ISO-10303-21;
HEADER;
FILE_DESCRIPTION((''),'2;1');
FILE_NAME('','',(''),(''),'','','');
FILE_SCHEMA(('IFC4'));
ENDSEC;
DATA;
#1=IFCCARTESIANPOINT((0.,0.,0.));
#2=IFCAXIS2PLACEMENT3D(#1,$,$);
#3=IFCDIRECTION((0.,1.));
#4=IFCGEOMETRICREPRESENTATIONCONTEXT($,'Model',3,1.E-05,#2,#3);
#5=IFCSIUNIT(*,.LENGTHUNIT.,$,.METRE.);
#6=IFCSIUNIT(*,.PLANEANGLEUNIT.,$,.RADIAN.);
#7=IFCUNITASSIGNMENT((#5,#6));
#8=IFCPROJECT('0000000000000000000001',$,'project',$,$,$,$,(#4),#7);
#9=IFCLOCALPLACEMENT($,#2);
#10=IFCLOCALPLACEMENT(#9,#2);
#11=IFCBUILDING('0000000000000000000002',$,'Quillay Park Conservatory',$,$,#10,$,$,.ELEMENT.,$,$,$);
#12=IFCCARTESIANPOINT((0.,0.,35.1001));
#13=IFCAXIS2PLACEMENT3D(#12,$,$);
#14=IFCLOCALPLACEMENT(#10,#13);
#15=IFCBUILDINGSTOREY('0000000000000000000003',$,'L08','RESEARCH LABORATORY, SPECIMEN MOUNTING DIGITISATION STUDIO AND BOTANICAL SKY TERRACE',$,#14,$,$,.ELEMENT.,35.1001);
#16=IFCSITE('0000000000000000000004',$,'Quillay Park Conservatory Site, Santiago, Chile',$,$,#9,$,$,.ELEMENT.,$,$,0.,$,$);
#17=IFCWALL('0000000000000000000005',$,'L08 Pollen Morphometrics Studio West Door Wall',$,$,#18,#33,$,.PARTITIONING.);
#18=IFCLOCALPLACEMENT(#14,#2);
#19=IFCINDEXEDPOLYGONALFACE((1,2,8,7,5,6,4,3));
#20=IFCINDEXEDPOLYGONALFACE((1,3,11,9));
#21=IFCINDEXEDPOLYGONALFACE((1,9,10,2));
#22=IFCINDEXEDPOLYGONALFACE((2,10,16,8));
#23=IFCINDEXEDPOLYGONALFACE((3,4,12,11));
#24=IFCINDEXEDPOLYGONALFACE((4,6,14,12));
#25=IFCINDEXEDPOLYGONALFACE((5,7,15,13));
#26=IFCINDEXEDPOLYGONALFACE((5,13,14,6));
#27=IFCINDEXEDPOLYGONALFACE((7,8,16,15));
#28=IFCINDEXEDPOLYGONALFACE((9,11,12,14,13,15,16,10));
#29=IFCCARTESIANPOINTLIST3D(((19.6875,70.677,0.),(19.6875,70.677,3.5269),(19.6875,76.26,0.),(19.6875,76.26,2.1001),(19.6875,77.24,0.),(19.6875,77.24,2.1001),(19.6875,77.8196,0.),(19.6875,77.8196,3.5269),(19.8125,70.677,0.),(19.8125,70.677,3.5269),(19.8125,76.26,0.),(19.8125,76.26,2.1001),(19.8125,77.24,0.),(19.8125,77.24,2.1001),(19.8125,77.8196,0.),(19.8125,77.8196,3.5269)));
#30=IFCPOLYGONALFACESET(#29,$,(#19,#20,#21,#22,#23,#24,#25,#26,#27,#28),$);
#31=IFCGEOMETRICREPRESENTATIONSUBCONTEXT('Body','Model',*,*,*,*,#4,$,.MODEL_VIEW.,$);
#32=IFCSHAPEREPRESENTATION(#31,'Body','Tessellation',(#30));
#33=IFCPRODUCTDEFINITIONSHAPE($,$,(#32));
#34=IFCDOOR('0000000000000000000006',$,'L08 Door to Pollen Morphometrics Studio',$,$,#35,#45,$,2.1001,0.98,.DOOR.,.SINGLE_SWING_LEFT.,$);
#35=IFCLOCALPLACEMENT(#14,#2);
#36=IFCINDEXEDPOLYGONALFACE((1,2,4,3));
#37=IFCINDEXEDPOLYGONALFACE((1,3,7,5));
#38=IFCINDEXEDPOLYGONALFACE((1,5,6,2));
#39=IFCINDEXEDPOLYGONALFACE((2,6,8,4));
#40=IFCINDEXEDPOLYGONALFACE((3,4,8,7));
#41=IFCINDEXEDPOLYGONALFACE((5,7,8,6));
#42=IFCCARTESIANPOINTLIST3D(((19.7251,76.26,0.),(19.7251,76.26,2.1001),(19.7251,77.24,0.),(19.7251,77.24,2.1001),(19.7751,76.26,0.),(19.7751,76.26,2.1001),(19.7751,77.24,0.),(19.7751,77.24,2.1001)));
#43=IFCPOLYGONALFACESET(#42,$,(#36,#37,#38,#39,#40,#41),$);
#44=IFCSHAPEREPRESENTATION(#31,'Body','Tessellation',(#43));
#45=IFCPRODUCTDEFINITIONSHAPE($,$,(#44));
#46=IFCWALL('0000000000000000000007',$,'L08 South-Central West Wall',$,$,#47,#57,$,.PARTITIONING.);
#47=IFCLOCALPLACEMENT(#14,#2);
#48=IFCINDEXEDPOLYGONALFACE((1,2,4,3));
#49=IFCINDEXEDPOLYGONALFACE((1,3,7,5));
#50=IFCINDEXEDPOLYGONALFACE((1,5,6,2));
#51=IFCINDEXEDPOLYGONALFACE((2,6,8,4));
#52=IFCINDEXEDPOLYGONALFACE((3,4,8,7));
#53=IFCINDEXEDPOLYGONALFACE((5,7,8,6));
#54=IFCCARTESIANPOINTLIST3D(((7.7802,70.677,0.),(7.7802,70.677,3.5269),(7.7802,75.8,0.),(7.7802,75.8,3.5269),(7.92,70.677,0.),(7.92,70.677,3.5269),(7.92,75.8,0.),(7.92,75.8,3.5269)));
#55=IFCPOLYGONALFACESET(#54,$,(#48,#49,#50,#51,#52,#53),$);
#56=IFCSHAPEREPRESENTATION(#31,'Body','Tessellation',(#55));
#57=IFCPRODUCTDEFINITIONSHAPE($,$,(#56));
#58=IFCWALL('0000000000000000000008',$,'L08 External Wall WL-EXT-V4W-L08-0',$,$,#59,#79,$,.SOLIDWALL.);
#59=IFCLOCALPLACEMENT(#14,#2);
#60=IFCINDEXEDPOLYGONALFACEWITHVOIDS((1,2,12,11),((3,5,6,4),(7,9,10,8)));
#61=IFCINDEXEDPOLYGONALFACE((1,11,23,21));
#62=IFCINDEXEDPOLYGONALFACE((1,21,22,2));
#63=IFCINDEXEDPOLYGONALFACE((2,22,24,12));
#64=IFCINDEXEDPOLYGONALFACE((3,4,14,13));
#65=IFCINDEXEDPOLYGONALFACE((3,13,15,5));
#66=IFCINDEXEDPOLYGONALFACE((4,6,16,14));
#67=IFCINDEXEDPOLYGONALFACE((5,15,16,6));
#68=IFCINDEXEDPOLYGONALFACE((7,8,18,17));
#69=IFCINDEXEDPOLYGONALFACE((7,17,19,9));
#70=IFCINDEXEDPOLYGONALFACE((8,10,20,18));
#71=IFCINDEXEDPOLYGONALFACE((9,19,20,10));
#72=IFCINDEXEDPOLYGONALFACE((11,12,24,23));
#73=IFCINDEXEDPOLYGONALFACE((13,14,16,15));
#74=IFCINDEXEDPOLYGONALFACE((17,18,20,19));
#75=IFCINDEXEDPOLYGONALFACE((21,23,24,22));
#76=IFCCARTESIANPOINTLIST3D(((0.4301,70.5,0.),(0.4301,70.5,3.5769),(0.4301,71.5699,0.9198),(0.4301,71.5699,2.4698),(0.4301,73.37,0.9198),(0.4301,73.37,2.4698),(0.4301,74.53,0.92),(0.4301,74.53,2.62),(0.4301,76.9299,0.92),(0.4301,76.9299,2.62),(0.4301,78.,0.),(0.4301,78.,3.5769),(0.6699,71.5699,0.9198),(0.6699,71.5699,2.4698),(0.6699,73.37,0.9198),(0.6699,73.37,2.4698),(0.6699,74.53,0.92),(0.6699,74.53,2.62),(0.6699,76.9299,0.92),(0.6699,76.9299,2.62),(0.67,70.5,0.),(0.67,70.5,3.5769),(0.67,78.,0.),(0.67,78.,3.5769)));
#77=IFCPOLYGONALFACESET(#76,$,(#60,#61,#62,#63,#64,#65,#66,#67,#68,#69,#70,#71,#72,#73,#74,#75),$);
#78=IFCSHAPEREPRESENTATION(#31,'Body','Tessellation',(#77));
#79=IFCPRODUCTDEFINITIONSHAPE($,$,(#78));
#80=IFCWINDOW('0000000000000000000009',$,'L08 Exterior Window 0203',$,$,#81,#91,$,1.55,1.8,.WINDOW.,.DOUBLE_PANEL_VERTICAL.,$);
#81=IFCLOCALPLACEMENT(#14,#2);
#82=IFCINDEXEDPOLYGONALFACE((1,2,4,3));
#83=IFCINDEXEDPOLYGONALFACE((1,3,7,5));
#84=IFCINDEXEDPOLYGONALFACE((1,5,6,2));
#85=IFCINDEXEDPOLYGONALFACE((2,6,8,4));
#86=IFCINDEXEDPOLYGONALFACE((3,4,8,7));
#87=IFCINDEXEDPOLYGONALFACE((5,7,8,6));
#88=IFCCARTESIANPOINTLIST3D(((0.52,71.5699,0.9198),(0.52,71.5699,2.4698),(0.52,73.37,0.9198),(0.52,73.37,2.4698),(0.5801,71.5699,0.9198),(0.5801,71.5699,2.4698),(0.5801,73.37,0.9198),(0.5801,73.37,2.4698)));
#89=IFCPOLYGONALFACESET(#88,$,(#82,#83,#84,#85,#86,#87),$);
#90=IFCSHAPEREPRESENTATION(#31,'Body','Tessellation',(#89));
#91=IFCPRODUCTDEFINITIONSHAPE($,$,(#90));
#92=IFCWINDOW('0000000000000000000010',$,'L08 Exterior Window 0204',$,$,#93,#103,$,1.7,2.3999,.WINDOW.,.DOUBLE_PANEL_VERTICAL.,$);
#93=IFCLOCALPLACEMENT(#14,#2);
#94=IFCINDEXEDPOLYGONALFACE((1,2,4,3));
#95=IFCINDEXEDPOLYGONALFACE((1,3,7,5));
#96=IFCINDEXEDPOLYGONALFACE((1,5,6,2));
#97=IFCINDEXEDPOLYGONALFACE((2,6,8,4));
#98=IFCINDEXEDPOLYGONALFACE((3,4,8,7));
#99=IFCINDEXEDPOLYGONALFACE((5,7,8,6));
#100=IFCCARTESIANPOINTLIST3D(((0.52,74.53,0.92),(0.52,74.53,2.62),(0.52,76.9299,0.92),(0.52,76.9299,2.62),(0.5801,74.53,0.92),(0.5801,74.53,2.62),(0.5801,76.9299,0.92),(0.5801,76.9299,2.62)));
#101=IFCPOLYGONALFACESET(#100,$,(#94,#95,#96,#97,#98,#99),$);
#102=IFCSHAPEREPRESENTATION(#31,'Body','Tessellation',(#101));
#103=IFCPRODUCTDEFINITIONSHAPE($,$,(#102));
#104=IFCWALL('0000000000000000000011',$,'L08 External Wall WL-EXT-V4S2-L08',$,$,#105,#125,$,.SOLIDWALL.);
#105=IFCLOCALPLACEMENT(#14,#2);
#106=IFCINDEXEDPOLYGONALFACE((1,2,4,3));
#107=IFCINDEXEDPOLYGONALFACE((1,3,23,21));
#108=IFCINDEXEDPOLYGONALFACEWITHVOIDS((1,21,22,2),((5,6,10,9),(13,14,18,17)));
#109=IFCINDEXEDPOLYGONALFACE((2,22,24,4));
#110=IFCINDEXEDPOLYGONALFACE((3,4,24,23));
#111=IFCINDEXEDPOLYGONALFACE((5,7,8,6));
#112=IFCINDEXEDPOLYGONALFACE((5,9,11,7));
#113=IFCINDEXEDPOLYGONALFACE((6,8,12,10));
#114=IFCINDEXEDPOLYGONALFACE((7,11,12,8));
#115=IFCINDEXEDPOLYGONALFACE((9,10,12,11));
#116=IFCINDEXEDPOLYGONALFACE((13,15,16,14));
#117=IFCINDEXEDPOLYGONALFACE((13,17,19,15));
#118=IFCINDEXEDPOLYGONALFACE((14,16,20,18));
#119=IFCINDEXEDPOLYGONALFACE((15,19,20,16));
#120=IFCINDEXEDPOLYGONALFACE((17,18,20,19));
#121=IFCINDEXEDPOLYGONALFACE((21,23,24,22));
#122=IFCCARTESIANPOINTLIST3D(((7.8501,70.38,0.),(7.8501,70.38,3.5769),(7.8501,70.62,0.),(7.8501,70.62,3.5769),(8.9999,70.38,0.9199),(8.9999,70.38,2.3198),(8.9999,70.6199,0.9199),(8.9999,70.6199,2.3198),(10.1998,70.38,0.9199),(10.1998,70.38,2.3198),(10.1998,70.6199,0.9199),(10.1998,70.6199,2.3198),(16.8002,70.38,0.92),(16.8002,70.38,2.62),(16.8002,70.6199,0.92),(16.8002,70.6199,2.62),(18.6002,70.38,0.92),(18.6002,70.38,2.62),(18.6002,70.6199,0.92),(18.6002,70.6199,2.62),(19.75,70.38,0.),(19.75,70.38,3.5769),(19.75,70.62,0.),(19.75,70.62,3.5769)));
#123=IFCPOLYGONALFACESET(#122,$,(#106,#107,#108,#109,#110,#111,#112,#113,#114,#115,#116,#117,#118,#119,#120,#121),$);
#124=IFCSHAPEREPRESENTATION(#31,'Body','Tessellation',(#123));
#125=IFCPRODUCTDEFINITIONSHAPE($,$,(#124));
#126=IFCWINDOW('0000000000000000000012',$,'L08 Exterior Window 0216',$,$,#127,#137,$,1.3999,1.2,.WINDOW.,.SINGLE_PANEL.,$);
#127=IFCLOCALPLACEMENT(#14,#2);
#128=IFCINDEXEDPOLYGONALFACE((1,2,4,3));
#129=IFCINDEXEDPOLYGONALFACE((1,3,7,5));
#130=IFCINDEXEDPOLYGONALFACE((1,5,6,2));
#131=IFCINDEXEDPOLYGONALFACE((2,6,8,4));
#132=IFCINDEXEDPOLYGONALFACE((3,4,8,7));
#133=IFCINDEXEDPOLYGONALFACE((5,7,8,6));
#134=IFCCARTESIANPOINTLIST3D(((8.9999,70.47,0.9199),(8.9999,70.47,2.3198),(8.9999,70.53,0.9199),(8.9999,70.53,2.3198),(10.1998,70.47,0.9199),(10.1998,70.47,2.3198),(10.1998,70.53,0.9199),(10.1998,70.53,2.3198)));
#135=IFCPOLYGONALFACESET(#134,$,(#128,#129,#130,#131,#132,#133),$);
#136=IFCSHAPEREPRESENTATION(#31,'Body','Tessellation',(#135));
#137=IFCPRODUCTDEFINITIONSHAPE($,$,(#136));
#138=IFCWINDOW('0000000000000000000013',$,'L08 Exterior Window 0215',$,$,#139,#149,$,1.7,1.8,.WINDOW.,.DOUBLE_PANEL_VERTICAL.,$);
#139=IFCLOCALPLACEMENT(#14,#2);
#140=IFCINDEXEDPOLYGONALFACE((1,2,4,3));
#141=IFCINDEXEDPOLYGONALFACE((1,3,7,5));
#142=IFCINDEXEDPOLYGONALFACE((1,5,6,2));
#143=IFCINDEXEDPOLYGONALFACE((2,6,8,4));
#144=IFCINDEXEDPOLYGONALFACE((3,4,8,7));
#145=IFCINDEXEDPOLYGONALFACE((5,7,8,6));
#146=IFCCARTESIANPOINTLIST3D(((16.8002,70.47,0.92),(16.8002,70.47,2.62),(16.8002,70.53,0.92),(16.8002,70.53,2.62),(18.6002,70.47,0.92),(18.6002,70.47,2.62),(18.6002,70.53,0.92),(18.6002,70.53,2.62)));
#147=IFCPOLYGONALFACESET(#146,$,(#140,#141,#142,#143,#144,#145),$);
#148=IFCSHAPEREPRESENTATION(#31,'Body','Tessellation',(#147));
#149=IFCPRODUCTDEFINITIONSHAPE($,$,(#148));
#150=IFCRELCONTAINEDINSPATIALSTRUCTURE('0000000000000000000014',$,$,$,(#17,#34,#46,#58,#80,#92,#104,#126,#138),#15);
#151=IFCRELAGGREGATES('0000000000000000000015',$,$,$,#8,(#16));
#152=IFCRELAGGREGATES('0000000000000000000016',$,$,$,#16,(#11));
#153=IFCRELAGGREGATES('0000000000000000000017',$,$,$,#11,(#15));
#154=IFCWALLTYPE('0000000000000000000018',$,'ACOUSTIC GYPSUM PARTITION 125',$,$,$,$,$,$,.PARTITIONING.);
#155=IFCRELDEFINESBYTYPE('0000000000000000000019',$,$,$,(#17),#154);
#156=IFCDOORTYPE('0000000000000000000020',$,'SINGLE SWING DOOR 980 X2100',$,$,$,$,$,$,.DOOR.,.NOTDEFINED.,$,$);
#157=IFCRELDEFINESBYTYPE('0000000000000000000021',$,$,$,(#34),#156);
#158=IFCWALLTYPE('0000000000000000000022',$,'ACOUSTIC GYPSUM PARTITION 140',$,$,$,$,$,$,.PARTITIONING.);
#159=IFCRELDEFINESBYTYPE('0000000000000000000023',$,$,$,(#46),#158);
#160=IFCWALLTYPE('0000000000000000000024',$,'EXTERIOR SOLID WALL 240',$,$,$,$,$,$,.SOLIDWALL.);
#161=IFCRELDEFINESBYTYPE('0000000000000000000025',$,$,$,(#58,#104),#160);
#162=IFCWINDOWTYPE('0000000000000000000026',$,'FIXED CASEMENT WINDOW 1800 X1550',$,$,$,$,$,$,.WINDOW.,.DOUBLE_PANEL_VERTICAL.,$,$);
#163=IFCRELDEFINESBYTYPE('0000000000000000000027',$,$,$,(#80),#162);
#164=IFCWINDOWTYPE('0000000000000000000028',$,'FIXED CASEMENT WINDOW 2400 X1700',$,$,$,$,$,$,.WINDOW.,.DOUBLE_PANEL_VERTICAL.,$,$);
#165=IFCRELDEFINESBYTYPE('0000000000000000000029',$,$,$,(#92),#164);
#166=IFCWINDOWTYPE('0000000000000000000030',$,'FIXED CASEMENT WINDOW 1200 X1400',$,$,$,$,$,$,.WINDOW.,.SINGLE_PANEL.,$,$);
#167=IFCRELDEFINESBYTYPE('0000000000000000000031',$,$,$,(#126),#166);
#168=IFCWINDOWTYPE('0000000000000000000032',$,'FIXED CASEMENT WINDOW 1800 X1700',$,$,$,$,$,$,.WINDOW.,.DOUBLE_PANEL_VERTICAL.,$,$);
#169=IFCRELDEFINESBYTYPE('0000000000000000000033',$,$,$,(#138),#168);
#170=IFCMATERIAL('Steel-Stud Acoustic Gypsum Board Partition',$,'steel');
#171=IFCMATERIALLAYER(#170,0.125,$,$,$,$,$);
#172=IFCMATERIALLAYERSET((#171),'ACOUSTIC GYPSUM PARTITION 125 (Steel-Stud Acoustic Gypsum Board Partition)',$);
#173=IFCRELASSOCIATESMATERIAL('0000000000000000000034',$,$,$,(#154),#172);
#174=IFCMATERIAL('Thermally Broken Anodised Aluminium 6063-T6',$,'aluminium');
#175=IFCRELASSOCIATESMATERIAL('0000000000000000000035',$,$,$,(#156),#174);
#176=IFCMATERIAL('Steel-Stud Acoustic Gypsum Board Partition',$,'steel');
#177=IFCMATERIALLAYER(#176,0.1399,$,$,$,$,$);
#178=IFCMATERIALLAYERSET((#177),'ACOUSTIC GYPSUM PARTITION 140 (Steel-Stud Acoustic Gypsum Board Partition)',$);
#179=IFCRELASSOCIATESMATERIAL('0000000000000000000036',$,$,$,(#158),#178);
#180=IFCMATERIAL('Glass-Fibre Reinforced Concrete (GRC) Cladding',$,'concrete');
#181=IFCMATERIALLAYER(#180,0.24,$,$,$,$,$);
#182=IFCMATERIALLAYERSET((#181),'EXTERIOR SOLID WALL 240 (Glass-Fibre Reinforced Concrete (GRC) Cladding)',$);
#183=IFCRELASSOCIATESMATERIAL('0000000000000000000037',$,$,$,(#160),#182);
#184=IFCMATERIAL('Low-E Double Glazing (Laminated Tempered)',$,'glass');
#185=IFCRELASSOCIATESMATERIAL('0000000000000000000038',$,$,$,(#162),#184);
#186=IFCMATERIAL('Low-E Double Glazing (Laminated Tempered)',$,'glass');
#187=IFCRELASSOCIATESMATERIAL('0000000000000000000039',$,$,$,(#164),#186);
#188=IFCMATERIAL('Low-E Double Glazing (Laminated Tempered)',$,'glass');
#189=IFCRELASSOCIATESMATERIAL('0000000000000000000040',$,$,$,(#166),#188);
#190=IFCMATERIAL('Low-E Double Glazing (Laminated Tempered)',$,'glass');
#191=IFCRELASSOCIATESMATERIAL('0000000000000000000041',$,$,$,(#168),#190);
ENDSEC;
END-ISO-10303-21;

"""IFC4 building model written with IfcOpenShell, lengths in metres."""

from ifc_helpers import new_model, si_unit, direction, frame, frame_2d, origin, place, context, subcontext, project, spatial, rectangle, extrude, material, layer, layer_set, type_object, element, fill, save


model = new_model("IFC4")

# Units and contexts
model_context = context("Model", 3, precision=1e-05, world=origin(), true_north=direction((0.0, 1.0)))
body_context = subcontext(model_context, "Body", "Model", "MODEL_VIEW")
ifc_project = project(units=[si_unit("LENGTHUNIT", "METRE"), si_unit("PLANEANGLEUNIT", "RADIAN")], contexts=[model_context])

# Site, building, storey
site_placement = place(None, origin())
site = spatial("IfcSite", under=ifc_project, at=site_placement, Name="Quillay Park Conservatory Site, Santiago, Chile", CompositionType="ELEMENT", RefElevation=0.0)
building_placement = place(site_placement, origin())
building = spatial("IfcBuilding", under=site, at=building_placement, Name="Quillay Park Conservatory", CompositionType="ELEMENT")
storey_placement = place(building_placement, frame((0.0, 0.0, 35.1001)))
storey = spatial("IfcBuildingStorey", under=building, at=storey_placement, Name="L08", Description="RESEARCH LABORATORY, SPECIMEN MOUNTING DIGITISATION STUDIO AND BOTANICAL SKY TERRACE", CompositionType="ELEMENT", Elevation=35.1001)

# Wall, opening, door
ifc_material_1 = material(Name="Steel-Stud Acoustic Gypsum Board Partition", Category="steel")
ifc_layer_1 = layer(ifc_material_1, 0.125)
ifc_layer_set_1 = layer_set([ifc_layer_1], Name="ACOUSTIC GYPSUM PARTITION 125 (Steel-Stud Acoustic Gypsum Board Partition)")
wall_type_1 = type_object("IfcWallType", Name="ACOUSTIC GYPSUM PARTITION 125", PredefinedType="PARTITIONING", material=ifc_layer_set_1)
wall_1_placement = place(storey_placement, frame((19.75, 70.677, 0.0), z_axis=(0.0, 0.0, 1.0), x_axis=(0.0, 1.0, 0.0)))
wall_1 = element("IfcWall", 1, at=wall_1_placement, inside=storey, type_object=wall_type_1, Name="L08 Pollen Morphometrics Studio West Door Wall", PredefinedType="PARTITIONING", context=body_context, shape_type="SweptSolid", body=[
    extrude(rectangle(XDim=7.1426, YDim=0.125, at=frame_2d((3.5713, 0.0))), origin(), (0.0, 0.0, 1.0), 3.5269),
])
opening_1_placement = place(wall_1_placement, frame((5.583, 0.0, 0.0)))
opening_1 = element("IfcOpeningElement", 2, at=opening_1_placement, cuts=wall_1, PredefinedType="OPENING", context=body_context, shape_type="SweptSolid", body=[
    extrude(rectangle(XDim=0.98, YDim=2.1001, at=frame_2d((0.49, 1.05))), frame((0.0, 0.0625, 0.0), z_axis=(0.0, -1.0, 0.0), x_axis=(1.0, 0.0, 0.0)), (0.0, 0.0, 1.0), 0.125),
])
ifc_material_2 = material(Name="Thermally Broken Anodised Aluminium 6063-T6", Category="aluminium")
door_type_1 = type_object("IfcDoorType", Name="SINGLE SWING DOOR 980 X2100", OperationType="NOTDEFINED", PredefinedType="DOOR", material=ifc_material_2)
door_1_placement = place(opening_1_placement, origin())
door_1 = element("IfcDoor", 3, at=door_1_placement, inside=storey, type_object=door_type_1, Name="L08 Door to Pollen Morphometrics Studio", OperationType="SINGLE_SWING_LEFT", OverallHeight=2.1001, OverallWidth=0.98, PredefinedType="DOOR", context=body_context, shape_type="SweptSolid", body=[
    extrude(rectangle(XDim=0.98, YDim=2.1001, at=frame_2d((0.49, 1.05))), frame((0.0, 0.0249, 0.0), z_axis=(0.0, -1.0, 0.0), x_axis=(1.0, 0.0, 0.0)), (0.0, 0.0, 1.0), 0.05),
])
fill(opening_1, door_1)

# Wall
ifc_material_3 = material(Name="Steel-Stud Acoustic Gypsum Board Partition", Category="steel")
ifc_layer_2 = layer(ifc_material_3, 0.1399)
ifc_layer_set_2 = layer_set([ifc_layer_2], Name="ACOUSTIC GYPSUM PARTITION 140 (Steel-Stud Acoustic Gypsum Board Partition)")
wall_type_2 = type_object("IfcWallType", Name="ACOUSTIC GYPSUM PARTITION 140", PredefinedType="PARTITIONING", material=ifc_layer_set_2)
wall_2_placement = place(storey_placement, frame((7.8501, 70.677, 0.0), z_axis=(0.0, 0.0, 1.0), x_axis=(0.0, 1.0, 0.0)))
element("IfcWall", 4, at=wall_2_placement, inside=storey, type_object=wall_type_2, Name="L08 South-Central West Wall", PredefinedType="PARTITIONING", context=body_context, shape_type="SweptSolid", body=[
    extrude(rectangle(XDim=5.123, YDim=0.1399, at=frame_2d((2.5615, 0.0))), origin(), (0.0, 0.0, 1.0), 3.5269),
])

# Wall, openings, windows
ifc_material_4 = material(Name="Glass-Fibre Reinforced Concrete (GRC) Cladding", Category="concrete")
ifc_layer_3 = layer(ifc_material_4, 0.24)
ifc_layer_set_3 = layer_set([ifc_layer_3], Name="EXTERIOR SOLID WALL 240 (Glass-Fibre Reinforced Concrete (GRC) Cladding)")
wall_type_3 = type_object("IfcWallType", Name="EXTERIOR SOLID WALL 240", PredefinedType="SOLIDWALL", material=ifc_layer_set_3)
wall_3_placement = place(storey_placement, frame((0.55, 70.5, 0.0), z_axis=(0.0, 0.0, 1.0), x_axis=(0.0, 1.0, 0.0)))
wall_3 = element("IfcWall", 5, at=wall_3_placement, inside=storey, type_object=wall_type_3, Name="L08 External Wall WL-EXT-V4W-L08-0", PredefinedType="SOLIDWALL", context=body_context, shape_type="SweptSolid", body=[
    extrude(rectangle(XDim=7.5, YDim=0.24, at=frame_2d((3.75, 0.0))), origin(), (0.0, 0.0, 1.0), 3.5769),
])
opening_2_placement = place(wall_3_placement, frame((1.0701, 0.0, 0.9199)))
opening_2 = element("IfcOpeningElement", 6, at=opening_2_placement, cuts=wall_3, PredefinedType="OPENING", context=body_context, shape_type="SweptSolid", body=[
    extrude(rectangle(XDim=1.8, YDim=1.55, at=frame_2d((0.8999, 0.7749))), frame((0.0, 0.1201, 0.0), z_axis=(0.0, -1.0, 0.0), x_axis=(1.0, 0.0, 0.0)), (0.0, 0.0, 1.0), 0.24),
])
opening_3_placement = place(wall_3_placement, frame((4.03, 0.0, 0.9199)))
opening_3 = element("IfcOpeningElement", 7, at=opening_3_placement, cuts=wall_3, PredefinedType="OPENING", context=body_context, shape_type="SweptSolid", body=[
    extrude(rectangle(XDim=2.3999, YDim=1.7, at=frame_2d((1.2, 0.8501))), frame((0.0, 0.1201, 0.0), z_axis=(0.0, -1.0, 0.0), x_axis=(1.0, 0.0, 0.0)), (0.0, 0.0, 1.0), 0.24),
])
ifc_material_5 = material(Name="Low-E Double Glazing (Laminated Tempered)", Category="glass")
window_type_1 = type_object("IfcWindowType", Name="FIXED CASEMENT WINDOW 1800 X1550", PartitioningType="DOUBLE_PANEL_VERTICAL", PredefinedType="WINDOW", material=ifc_material_5)
window_1_placement = place(opening_2_placement, origin())
window_1 = element("IfcWindow", 8, at=window_1_placement, inside=storey, type_object=window_type_1, Name="L08 Exterior Window 0203", OverallHeight=1.55, OverallWidth=1.8, PartitioningType="DOUBLE_PANEL_VERTICAL", PredefinedType="WINDOW", context=body_context, shape_type="SweptSolid", body=[
    extrude(rectangle(XDim=1.8, YDim=1.55, at=frame_2d((0.8999, 0.7749))), frame((0.0, 0.03, 0.0), z_axis=(0.0, -1.0, 0.0), x_axis=(1.0, 0.0, 0.0)), (0.0, 0.0, 1.0), 0.0601),
])
fill(opening_2, window_1)
ifc_material_6 = material(Name="Low-E Double Glazing (Laminated Tempered)", Category="glass")
window_type_2 = type_object("IfcWindowType", Name="FIXED CASEMENT WINDOW 2400 X1700", PartitioningType="DOUBLE_PANEL_VERTICAL", PredefinedType="WINDOW", material=ifc_material_6)
window_2_placement = place(opening_3_placement, origin())
window_2 = element("IfcWindow", 9, at=window_2_placement, inside=storey, type_object=window_type_2, Name="L08 Exterior Window 0204", OverallHeight=1.7, OverallWidth=2.3999, PartitioningType="DOUBLE_PANEL_VERTICAL", PredefinedType="WINDOW", context=body_context, shape_type="SweptSolid", body=[
    extrude(rectangle(XDim=2.3999, YDim=1.7, at=frame_2d((1.2, 0.8501))), frame((0.0, 0.03, 0.0), z_axis=(0.0, -1.0, 0.0), x_axis=(1.0, 0.0, 0.0)), (0.0, 0.0, 1.0), 0.0601),
])
fill(opening_3, window_2)

# Wall, openings, windows
wall_4_placement = place(storey_placement, frame((19.75, 70.5, 0.0), z_axis=(0.0, 0.0, 1.0), x_axis=(-1.0, 0.0, 0.0)))
wall_4 = element("IfcWall", 10, at=wall_4_placement, inside=storey, type_object=wall_type_3, Name="L08 External Wall WL-EXT-V4S2-L08", PredefinedType="SOLIDWALL", context=body_context, shape_type="SweptSolid", body=[
    extrude(rectangle(XDim=11.8999, YDim=0.24, at=frame_2d((5.95, 0.0))), origin(), (0.0, 0.0, 1.0), 3.5769),
])
opening_4_placement = place(wall_4_placement, frame((1.1499, 0.0, 0.9199)))
opening_4 = element("IfcOpeningElement", 11, at=opening_4_placement, cuts=wall_4, PredefinedType="OPENING", context=body_context, shape_type="SweptSolid", body=[
    extrude(rectangle(XDim=1.8, YDim=1.7, at=frame_2d((0.8999, 0.8501))), frame((0.0, 0.1201, 0.0), z_axis=(0.0, -1.0, 0.0), x_axis=(1.0, 0.0, 0.0)), (0.0, 0.0, 1.0), 0.24),
])
opening_5_placement = place(wall_4_placement, frame((9.55, 0.0, 0.9199)))
opening_5 = element("IfcOpeningElement", 12, at=opening_5_placement, cuts=wall_4, PredefinedType="OPENING", context=body_context, shape_type="SweptSolid", body=[
    extrude(rectangle(XDim=1.2, YDim=1.3999, at=frame_2d((0.6001, 0.7))), frame((0.0, 0.1201, 0.0), z_axis=(0.0, -1.0, 0.0), x_axis=(1.0, 0.0, 0.0)), (0.0, 0.0, 1.0), 0.24),
])
ifc_material_7 = material(Name="Low-E Double Glazing (Laminated Tempered)", Category="glass")
window_type_3 = type_object("IfcWindowType", Name="FIXED CASEMENT WINDOW 1200 X1400", PartitioningType="SINGLE_PANEL", PredefinedType="WINDOW", material=ifc_material_7)
window_3_placement = place(opening_5_placement, origin())
window_3 = element("IfcWindow", 13, at=window_3_placement, inside=storey, type_object=window_type_3, Name="L08 Exterior Window 0216", OverallHeight=1.3999, OverallWidth=1.2, PartitioningType="SINGLE_PANEL", PredefinedType="WINDOW", context=body_context, shape_type="SweptSolid", body=[
    extrude(rectangle(XDim=1.2, YDim=1.3999, at=frame_2d((0.6001, 0.7))), frame((0.0, 0.03, 0.0), z_axis=(0.0, -1.0, 0.0), x_axis=(1.0, 0.0, 0.0)), (0.0, 0.0, 1.0), 0.0601),
])
fill(opening_5, window_3)
ifc_material_8 = material(Name="Low-E Double Glazing (Laminated Tempered)", Category="glass")
window_type_4 = type_object("IfcWindowType", Name="FIXED CASEMENT WINDOW 1800 X1700", PartitioningType="DOUBLE_PANEL_VERTICAL", PredefinedType="WINDOW", material=ifc_material_8)
window_4_placement = place(opening_4_placement, origin())
window_4 = element("IfcWindow", 14, at=window_4_placement, inside=storey, type_object=window_type_4, Name="L08 Exterior Window 0215", OverallHeight=1.7, OverallWidth=1.8, PartitioningType="DOUBLE_PANEL_VERTICAL", PredefinedType="WINDOW", context=body_context, shape_type="SweptSolid", body=[
    extrude(rectangle(XDim=1.8, YDim=1.7, at=frame_2d((0.8999, 0.8501))), frame((0.0, 0.03, 0.0), z_axis=(0.0, -1.0, 0.0), x_axis=(1.0, 0.0, 0.0)), (0.0, 0.0, 1.0), 0.0601),
])
fill(opening_4, window_4)

save(model, "model.ifc")
